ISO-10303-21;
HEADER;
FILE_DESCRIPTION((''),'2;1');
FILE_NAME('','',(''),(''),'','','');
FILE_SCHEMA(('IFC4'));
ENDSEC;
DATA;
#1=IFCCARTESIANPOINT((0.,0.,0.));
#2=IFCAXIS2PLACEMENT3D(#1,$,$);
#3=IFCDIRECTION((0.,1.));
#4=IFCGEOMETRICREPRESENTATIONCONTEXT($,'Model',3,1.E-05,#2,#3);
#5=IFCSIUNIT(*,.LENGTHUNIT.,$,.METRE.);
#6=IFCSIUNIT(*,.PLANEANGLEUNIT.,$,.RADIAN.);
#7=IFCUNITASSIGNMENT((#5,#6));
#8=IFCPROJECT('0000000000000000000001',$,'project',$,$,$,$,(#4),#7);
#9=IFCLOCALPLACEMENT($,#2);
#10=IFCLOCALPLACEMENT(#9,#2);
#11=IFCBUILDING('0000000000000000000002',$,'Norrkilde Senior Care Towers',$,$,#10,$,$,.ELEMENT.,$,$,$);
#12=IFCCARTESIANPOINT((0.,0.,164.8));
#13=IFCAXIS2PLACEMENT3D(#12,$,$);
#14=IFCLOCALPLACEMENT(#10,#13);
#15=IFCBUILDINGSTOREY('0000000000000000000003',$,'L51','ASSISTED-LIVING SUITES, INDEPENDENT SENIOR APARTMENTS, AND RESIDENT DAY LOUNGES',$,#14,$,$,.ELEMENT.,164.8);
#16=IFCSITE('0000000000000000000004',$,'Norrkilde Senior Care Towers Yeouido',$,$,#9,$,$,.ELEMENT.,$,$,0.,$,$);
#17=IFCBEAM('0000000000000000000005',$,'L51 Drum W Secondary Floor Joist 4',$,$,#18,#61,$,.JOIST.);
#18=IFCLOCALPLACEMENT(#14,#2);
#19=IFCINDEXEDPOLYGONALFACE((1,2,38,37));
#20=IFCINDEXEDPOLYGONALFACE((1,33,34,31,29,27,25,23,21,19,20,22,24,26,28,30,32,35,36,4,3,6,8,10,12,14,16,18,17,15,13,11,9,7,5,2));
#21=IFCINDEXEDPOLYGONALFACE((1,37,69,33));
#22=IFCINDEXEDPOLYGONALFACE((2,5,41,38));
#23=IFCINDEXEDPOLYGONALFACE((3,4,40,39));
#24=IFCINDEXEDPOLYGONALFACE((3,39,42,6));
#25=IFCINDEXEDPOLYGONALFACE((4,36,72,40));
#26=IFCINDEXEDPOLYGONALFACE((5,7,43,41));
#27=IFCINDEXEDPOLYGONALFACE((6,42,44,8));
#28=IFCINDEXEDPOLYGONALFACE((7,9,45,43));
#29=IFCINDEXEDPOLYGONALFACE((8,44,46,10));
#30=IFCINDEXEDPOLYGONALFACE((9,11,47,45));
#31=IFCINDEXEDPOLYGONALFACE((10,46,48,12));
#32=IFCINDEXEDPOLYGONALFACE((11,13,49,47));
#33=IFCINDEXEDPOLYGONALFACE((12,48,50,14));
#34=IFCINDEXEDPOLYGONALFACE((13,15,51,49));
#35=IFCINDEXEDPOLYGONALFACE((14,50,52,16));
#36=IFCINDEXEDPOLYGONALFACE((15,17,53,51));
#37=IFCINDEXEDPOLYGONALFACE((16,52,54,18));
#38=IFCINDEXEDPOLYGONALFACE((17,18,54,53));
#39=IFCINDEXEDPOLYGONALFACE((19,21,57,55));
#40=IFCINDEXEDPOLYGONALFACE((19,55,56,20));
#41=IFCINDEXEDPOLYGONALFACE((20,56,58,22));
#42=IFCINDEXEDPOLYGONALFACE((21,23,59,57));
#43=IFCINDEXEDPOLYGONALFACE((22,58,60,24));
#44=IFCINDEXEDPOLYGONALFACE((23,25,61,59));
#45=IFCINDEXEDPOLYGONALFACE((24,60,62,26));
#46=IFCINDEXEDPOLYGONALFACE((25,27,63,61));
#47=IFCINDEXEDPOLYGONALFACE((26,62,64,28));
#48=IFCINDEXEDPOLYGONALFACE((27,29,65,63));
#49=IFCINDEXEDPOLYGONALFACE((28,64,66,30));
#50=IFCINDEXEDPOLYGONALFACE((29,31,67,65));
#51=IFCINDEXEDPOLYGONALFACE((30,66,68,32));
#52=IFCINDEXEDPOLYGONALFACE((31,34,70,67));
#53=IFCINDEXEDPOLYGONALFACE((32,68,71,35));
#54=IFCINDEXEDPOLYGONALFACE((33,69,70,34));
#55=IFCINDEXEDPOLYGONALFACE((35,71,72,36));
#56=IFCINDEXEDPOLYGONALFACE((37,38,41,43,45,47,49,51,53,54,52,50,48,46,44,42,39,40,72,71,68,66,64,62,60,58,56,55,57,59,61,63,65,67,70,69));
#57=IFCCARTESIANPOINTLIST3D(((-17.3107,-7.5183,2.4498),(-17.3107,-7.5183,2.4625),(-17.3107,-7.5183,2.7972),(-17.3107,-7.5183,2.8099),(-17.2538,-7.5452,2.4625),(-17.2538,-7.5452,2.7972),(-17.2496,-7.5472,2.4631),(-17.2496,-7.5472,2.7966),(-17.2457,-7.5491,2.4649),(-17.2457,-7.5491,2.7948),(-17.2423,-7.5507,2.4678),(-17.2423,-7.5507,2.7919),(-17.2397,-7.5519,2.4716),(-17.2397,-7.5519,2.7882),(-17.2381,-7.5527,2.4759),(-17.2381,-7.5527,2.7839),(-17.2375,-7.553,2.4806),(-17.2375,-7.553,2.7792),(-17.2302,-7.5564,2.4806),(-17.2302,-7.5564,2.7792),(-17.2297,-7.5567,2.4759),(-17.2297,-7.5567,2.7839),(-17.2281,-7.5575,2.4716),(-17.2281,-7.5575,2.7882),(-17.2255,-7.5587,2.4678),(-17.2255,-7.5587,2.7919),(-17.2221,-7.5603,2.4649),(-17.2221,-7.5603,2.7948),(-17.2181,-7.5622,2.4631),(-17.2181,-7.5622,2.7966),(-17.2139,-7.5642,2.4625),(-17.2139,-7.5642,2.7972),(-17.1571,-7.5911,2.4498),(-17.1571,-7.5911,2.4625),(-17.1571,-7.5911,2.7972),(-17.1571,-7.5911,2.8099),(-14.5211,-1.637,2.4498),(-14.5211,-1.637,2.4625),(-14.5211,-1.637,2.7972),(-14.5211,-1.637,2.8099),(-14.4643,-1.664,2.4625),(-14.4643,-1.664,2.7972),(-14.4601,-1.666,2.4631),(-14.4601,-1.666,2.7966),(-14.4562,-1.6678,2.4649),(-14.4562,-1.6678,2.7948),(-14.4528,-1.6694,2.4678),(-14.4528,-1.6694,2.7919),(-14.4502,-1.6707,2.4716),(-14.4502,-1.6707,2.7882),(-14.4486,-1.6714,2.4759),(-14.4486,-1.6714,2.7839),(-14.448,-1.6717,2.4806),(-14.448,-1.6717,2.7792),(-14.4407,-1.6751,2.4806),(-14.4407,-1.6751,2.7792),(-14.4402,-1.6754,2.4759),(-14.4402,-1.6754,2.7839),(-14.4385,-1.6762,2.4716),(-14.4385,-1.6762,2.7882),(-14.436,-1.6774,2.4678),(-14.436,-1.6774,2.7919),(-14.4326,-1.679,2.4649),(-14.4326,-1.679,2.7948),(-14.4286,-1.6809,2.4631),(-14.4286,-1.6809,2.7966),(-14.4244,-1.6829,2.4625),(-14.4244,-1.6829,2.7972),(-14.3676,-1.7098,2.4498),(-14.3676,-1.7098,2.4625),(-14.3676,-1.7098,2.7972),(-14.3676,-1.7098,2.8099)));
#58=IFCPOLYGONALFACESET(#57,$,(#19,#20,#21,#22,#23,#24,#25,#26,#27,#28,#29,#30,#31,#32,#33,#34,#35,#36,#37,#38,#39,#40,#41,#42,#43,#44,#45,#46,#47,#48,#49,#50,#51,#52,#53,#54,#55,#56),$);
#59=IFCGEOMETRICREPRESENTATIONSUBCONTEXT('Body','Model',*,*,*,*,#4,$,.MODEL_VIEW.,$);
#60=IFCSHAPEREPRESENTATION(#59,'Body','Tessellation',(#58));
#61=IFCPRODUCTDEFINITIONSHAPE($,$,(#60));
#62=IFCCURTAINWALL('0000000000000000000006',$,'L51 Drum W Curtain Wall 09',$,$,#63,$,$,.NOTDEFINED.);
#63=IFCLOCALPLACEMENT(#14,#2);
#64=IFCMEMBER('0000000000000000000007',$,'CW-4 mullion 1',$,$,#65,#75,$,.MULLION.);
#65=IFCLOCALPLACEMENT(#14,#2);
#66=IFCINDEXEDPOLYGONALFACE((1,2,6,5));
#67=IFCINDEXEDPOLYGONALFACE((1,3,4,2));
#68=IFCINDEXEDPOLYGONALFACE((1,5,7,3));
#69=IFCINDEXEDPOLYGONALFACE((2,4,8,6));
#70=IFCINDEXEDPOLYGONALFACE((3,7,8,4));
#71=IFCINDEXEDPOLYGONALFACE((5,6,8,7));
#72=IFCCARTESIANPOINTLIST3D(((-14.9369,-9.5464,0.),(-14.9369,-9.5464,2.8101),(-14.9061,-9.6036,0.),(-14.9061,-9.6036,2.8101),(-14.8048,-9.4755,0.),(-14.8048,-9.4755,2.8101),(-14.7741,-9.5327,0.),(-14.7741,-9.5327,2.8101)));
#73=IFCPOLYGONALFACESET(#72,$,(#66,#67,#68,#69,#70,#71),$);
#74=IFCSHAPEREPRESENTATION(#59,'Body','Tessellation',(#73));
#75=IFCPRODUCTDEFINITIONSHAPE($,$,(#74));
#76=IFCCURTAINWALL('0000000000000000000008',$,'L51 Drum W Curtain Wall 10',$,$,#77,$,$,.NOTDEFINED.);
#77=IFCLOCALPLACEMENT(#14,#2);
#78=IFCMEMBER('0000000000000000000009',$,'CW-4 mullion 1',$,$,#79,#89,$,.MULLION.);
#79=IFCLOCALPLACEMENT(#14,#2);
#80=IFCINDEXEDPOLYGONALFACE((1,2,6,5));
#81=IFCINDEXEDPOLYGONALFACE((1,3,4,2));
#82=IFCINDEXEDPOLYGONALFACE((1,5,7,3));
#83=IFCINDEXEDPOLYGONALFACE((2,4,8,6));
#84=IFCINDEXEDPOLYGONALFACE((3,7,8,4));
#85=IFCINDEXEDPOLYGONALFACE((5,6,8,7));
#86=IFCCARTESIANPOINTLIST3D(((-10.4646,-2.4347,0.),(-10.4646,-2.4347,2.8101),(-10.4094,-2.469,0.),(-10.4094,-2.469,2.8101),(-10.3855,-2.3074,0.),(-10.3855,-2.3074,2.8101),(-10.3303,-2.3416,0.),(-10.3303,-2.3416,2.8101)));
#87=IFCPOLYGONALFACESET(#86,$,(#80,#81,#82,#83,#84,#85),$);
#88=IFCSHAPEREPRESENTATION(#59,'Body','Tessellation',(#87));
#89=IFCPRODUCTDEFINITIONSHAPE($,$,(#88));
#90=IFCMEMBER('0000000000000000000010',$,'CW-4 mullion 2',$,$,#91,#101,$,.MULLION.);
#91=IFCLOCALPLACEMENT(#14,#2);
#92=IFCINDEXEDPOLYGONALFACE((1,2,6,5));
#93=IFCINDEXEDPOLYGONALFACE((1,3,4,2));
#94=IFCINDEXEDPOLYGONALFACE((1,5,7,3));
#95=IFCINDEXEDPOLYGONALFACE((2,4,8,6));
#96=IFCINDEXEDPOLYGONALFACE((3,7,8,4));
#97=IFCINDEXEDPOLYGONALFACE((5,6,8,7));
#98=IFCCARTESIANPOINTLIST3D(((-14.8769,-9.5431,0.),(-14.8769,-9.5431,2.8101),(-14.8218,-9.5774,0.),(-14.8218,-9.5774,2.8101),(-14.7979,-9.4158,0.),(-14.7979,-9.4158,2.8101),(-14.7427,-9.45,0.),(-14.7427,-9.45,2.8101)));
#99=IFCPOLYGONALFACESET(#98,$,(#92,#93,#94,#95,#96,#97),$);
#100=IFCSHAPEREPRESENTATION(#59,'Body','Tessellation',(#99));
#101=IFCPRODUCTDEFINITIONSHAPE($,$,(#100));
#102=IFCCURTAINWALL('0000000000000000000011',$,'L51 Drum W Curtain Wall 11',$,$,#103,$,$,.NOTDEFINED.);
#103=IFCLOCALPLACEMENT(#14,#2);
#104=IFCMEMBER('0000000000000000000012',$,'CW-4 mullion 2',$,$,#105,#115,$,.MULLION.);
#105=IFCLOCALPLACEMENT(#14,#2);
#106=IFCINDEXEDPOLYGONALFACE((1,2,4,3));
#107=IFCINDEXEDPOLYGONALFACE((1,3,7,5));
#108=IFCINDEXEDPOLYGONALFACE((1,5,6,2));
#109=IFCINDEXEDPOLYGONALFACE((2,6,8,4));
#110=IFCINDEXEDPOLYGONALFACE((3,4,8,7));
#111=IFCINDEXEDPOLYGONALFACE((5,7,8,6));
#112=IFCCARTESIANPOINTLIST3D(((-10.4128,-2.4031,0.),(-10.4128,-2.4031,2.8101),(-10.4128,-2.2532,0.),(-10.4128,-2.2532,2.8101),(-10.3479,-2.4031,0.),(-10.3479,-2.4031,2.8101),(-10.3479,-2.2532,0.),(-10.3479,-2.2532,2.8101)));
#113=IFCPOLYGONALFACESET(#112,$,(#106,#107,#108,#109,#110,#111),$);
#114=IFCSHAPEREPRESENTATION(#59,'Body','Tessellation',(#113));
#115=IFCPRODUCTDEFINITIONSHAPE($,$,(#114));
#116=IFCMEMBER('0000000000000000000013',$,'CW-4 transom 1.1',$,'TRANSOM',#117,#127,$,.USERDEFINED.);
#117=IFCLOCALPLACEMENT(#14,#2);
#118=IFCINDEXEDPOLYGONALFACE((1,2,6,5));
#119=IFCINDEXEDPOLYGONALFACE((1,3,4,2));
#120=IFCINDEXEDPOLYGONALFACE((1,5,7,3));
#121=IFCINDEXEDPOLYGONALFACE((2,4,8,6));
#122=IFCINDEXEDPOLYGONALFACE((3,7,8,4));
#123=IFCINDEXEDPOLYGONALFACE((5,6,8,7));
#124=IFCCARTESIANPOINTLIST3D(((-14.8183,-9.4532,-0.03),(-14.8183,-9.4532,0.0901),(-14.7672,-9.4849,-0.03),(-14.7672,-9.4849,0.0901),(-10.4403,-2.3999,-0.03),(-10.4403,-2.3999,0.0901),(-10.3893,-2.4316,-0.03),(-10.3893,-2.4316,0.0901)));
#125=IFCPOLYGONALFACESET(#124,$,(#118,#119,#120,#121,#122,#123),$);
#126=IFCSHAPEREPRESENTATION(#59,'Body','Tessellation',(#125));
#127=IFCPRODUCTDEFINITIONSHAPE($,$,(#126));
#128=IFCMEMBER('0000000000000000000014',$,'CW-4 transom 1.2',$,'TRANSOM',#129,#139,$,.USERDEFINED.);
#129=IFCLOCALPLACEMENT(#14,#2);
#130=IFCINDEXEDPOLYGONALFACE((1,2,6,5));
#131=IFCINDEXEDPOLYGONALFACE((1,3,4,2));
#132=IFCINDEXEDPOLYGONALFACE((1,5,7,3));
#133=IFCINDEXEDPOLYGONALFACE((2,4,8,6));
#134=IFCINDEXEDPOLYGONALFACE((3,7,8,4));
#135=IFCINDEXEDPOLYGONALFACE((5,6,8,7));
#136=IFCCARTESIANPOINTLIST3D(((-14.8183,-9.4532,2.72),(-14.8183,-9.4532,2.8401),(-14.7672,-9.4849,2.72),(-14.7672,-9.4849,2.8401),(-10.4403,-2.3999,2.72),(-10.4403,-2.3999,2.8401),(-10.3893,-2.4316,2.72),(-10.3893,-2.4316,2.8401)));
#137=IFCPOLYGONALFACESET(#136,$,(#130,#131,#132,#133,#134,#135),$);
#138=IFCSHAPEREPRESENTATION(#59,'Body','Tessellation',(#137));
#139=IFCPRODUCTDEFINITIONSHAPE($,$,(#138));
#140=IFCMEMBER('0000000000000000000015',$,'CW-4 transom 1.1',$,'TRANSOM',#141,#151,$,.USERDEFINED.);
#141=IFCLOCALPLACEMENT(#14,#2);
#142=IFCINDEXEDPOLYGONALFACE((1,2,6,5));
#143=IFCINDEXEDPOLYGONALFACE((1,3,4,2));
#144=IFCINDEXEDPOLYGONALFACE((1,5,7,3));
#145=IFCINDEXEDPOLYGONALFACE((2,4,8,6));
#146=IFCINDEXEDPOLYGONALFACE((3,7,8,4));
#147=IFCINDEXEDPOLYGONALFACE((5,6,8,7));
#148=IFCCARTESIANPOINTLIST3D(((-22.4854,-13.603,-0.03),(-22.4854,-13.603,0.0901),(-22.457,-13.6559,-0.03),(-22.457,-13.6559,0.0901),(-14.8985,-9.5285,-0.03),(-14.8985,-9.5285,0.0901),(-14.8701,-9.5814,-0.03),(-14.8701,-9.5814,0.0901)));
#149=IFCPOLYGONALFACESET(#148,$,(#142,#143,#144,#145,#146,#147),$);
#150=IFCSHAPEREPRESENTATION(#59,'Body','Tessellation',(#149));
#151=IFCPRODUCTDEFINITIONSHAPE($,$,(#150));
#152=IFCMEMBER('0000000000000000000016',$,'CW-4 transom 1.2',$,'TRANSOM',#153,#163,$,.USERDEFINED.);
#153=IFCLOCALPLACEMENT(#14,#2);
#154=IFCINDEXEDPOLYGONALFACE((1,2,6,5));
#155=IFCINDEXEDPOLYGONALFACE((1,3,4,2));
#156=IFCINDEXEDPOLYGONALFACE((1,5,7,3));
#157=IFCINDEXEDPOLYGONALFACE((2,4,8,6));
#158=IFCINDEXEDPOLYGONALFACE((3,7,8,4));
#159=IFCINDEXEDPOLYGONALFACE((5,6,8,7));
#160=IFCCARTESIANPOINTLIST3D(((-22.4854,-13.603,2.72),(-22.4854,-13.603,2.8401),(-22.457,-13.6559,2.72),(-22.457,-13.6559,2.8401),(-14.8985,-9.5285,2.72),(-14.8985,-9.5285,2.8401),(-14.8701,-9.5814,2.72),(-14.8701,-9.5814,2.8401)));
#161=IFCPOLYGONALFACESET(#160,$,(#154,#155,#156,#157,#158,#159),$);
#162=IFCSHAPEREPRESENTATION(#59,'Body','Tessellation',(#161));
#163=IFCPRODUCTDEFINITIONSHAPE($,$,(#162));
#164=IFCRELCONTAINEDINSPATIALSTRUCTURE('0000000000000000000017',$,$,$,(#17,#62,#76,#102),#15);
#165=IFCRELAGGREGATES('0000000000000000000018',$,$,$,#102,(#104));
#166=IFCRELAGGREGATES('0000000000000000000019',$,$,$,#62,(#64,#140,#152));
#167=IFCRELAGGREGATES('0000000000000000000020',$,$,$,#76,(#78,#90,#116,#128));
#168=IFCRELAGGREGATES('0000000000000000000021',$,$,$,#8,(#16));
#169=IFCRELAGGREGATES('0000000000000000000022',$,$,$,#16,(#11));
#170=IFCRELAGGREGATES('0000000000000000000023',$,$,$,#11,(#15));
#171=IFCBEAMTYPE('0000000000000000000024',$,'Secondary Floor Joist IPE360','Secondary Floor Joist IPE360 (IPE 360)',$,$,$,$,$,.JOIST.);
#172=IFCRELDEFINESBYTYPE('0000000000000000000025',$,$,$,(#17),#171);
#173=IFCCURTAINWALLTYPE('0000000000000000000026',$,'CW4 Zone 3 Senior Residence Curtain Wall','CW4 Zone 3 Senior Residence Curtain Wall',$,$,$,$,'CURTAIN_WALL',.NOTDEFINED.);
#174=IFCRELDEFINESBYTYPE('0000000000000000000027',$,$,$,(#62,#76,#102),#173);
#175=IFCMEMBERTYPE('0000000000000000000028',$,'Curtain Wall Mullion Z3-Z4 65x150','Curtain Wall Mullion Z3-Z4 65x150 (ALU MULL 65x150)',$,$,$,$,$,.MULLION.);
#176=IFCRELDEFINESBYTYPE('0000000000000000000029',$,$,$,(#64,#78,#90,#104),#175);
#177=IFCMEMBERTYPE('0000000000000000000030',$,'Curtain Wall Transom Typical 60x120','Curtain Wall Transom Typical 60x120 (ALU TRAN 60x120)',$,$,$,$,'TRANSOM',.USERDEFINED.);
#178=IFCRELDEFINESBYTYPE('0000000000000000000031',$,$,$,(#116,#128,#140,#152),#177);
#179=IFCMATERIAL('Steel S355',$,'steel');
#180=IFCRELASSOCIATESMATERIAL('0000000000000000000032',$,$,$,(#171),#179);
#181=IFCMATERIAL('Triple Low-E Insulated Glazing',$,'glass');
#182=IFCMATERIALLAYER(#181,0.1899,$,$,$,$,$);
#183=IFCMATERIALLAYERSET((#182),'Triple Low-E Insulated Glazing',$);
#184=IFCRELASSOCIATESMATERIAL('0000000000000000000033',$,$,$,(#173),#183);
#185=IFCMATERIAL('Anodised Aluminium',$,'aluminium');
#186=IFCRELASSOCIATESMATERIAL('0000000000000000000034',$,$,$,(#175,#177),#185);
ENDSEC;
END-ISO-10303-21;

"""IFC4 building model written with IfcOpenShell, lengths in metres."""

from ifc_helpers import new_model, si_unit, direction, frame, origin, origin_2d, place, context, subcontext, project, spatial, rectangle, i_section, extrude, source, transform, mapped, material, layer, layer_set, material_profile, profile_set, type_object, type_shapes, element, aggregate, save


model = new_model("IFC4")

# Units and contexts
model_context = context("Model", 3, precision=1e-05, world=origin(), true_north=direction((0.0, 1.0)))
body_context = subcontext(model_context, "Body", "Model", "MODEL_VIEW")
ifc_project = project(units=[si_unit("LENGTHUNIT", "METRE"), si_unit("PLANEANGLEUNIT", "RADIAN")], contexts=[model_context])

# Site, building, storey
site_placement = place(None, origin())
site = spatial("IfcSite", under=ifc_project, at=site_placement, Name="Norrkilde Senior Care Towers Yeouido", CompositionType="ELEMENT", RefElevation=0.0)
building_placement = place(site_placement, origin())
building = spatial("IfcBuilding", under=site, at=building_placement, Name="Norrkilde Senior Care Towers", CompositionType="ELEMENT")
storey_placement = place(building_placement, frame((0.0, 0.0, 164.8)))
storey = spatial("IfcBuildingStorey", under=building, at=storey_placement, Name="L51", Description="ASSISTED-LIVING SUITES, INDEPENDENT SENIOR APARTMENTS, AND RESIDENT DAY LOUNGES", CompositionType="ELEMENT", Elevation=164.8)

# Beam
ifc_material_1 = material(Name="Steel S355", Category="steel")
ifc_material_profile_1 = material_profile(ifc_material_1, i_section(OverallWidth=0.1699, OverallDepth=0.3601, WebThickness=0.0081, FlangeThickness=0.0127, FilletRadius=0.0181, at=origin_2d()), Name="IPE 360")
ifc_profile_set_1 = profile_set([ifc_material_profile_1], Name="Steel S355")
beam_type_1 = type_object("IfcBeamType", Name="Secondary Floor Joist IPE360", Description="Secondary Floor Joist IPE360 (IPE 360)", PredefinedType="JOIST", material=ifc_profile_set_1)
shared_shape_1 = source(origin(), body_context, "Body", "SweptSolid", [
    extrude(i_section(OverallWidth=0.1699, OverallDepth=0.3601, WebThickness=0.0081, FlangeThickness=0.0127, FilletRadius=0.0181, at=origin_2d()), origin(), (0.0, 0.0, 1.0), 6.5093),
])
type_shapes(beam_type_1, [shared_shape_1])
beam_1_placement = place(storey_placement, frame((-17.2339, -7.5547, 2.6299), z_axis=(0.428544, 0.903521, 0.0), x_axis=(-0.903521, 0.428544, 0.0)))
element("IfcBeam", 1, at=beam_1_placement, inside=storey, type_object=beam_type_1, Name="L51 Drum W Secondary Floor Joist 4", PredefinedType="JOIST", context=body_context, shape_type="MappedRepresentation", body=[
    mapped(shared_shape_1, transform((0.0, 0.0, 0.0), x_axis=(1.0, 0.0, 0.0), y_axis=(0.0, 1.0, 0.0), z_axis=(0.0, 0.0, 1.0), scale=1.0)),
])

# Curtain wall, member
ifc_material_2 = material(Name="Triple Low-E Insulated Glazing", Category="glass")
ifc_layer_1 = layer(ifc_material_2, 0.1899)
ifc_layer_set_1 = layer_set([ifc_layer_1], Name="Triple Low-E Insulated Glazing")
curtain_wall_type = type_object("IfcCurtainWallType", Name="CW4 Zone 3 Senior Residence Curtain Wall", Description="CW4 Zone 3 Senior Residence Curtain Wall", ElementType="CURTAIN_WALL", PredefinedType="NOTDEFINED", material=ifc_layer_set_1)
curtain_wall_1_placement = place(storey_placement, origin())
curtain_wall_1 = element("IfcCurtainWall", 2, at=curtain_wall_1_placement, inside=storey, type_object=curtain_wall_type, Name="L51 Drum W Curtain Wall 09", PredefinedType="NOTDEFINED")
ifc_material_3 = material(Name="Anodised Aluminium", Category="aluminium")
ifc_material_profile_2 = material_profile(ifc_material_3, rectangle(XDim=0.0649, YDim=0.1499, at=origin_2d()), Name="ALU MULL 65x150")
ifc_profile_set_2 = profile_set([ifc_material_profile_2], Name="Anodised Aluminium")
member_type_1 = type_object("IfcMemberType", Name="Curtain Wall Mullion Z3-Z4 65x150", Description="Curtain Wall Mullion Z3-Z4 65x150 (ALU MULL 65x150)", PredefinedType="MULLION", material=ifc_profile_set_2)
shared_shape_2 = source(origin(), body_context, "Body", "SweptSolid", [
    extrude(rectangle(XDim=0.0649, YDim=0.1499, at=origin_2d()), origin(), (0.0, 0.0, 1.0), 2.8101),
])
type_shapes(member_type_1, [shared_shape_2])
member_1_placement = place(storey_placement, frame((-14.8555, -9.5396, 0.0), z_axis=(0.0, 0.0, 1.0), x_axis=(0.473117, -0.881, 0.0)))
member_1 = element("IfcMember", 3, at=member_1_placement, type_object=member_type_1, Name="CW-4 mullion 1", PredefinedType="MULLION", context=body_context, shape_type="MappedRepresentation", body=[
    mapped(shared_shape_2, transform((0.0, 0.0, 0.0), x_axis=(1.0, 0.0, 0.0), y_axis=(0.0, 1.0, 0.0), z_axis=(0.0, 0.0, 1.0), scale=1.0)),
])

# Curtain wall, members
curtain_wall_2_placement = place(storey_placement, origin())
curtain_wall_2 = element("IfcCurtainWall", 4, at=curtain_wall_2_placement, inside=storey, type_object=curtain_wall_type, Name="L51 Drum W Curtain Wall 10", PredefinedType="NOTDEFINED")
member_2_placement = place(storey_placement, frame((-10.3975, -2.3882, 0.0), z_axis=(0.0, 0.0, 1.0), x_axis=(0.849634, -0.527373, 0.0)))
member_2 = element("IfcMember", 5, at=member_2_placement, type_object=member_type_1, Name="CW-4 mullion 1", PredefinedType="MULLION", context=body_context, shape_type="MappedRepresentation", body=[
    mapped(shared_shape_2, transform((0.0, 0.0, 0.0), x_axis=(1.0, 0.0, 0.0), y_axis=(0.0, 1.0, 0.0), z_axis=(0.0, 0.0, 1.0), scale=1.0)),
])
member_3_placement = place(storey_placement, frame((-14.8098, -9.4966, 0.0), z_axis=(0.0, 0.0, 1.0), x_axis=(0.849634, -0.527373, 0.0)))
member_3 = element("IfcMember", 6, at=member_3_placement, type_object=member_type_1, Name="CW-4 mullion 2", PredefinedType="MULLION", context=body_context, shape_type="MappedRepresentation", body=[
    mapped(shared_shape_2, transform((0.0, 0.0, 0.0), x_axis=(1.0, 0.0, 0.0), y_axis=(0.0, 1.0, 0.0), z_axis=(0.0, 0.0, 1.0), scale=1.0)),
])

# Curtain wall, member
curtain_wall_3_placement = place(storey_placement, origin())
curtain_wall_3 = element("IfcCurtainWall", 7, at=curtain_wall_3_placement, inside=storey, type_object=curtain_wall_type, Name="L51 Drum W Curtain Wall 11", PredefinedType="NOTDEFINED")
member_4_placement = place(storey_placement, frame((-10.3804, -2.3281, 0.0), z_axis=(0.0, 0.0, 1.0), x_axis=(1.0, 0.0, 0.0)))
member_4 = element("IfcMember", 8, at=member_4_placement, type_object=member_type_1, Name="CW-4 mullion 2", PredefinedType="MULLION", context=body_context, shape_type="MappedRepresentation", body=[
    mapped(shared_shape_2, transform((0.0, 0.0, 0.0), x_axis=(1.0, 0.0, 0.0), y_axis=(0.0, 1.0, 0.0), z_axis=(0.0, 0.0, 1.0), scale=1.0)),
])
aggregate(curtain_wall_3, [member_4])

# Members
ifc_material_profile_3 = material_profile(ifc_material_3, rectangle(XDim=0.0601, YDim=0.1201, at=origin_2d()), Name="ALU TRAN 60x120")
ifc_profile_set_3 = profile_set([ifc_material_profile_3], Name="Anodised Aluminium")
member_type_2 = type_object("IfcMemberType", Name="Curtain Wall Transom Typical 60x120", Description="Curtain Wall Transom Typical 60x120 (ALU TRAN 60x120)", ElementType="TRANSOM", PredefinedType="USERDEFINED", material=ifc_profile_set_3)
shared_shape_3 = source(origin(), body_context, "Body", "SweptSolid", [
    extrude(rectangle(XDim=0.0601, YDim=0.1201, at=origin_2d()), origin(), (0.0, 0.0, 1.0), 8.3015),
])
member_5_placement = place(storey_placement, frame((-10.4148, -2.4158, 0.03), z_axis=(-0.527369, -0.849637, 0.0), x_axis=(0.849637, -0.527369, 0.0)))
member_5 = element("IfcMember", 9, at=member_5_placement, type_object=member_type_2, Name="CW-4 transom 1.1", ObjectType="TRANSOM", PredefinedType="USERDEFINED", context=body_context, shape_type="MappedRepresentation", body=[
    mapped(shared_shape_3, transform((0.0, 0.0, 0.0), x_axis=(1.0, 0.0, 0.0), y_axis=(0.0, 1.0, 0.0), z_axis=(0.0, 0.0, 1.0), scale=1.0)),
])
member_6_placement = place(storey_placement, frame((-10.4148, -2.4158, 2.78), z_axis=(-0.527369, -0.849637, 0.0), x_axis=(0.849637, -0.527369, 0.0)))
member_6 = element("IfcMember", 10, at=member_6_placement, type_object=member_type_2, Name="CW-4 transom 1.2", ObjectType="TRANSOM", PredefinedType="USERDEFINED", context=body_context, shape_type="MappedRepresentation", body=[
    mapped(shared_shape_3, transform((0.0, 0.0, 0.0), x_axis=(1.0, 0.0, 0.0), y_axis=(0.0, 1.0, 0.0), z_axis=(0.0, 0.0, 1.0), scale=1.0)),
])
shared_shape_4 = source(origin(), body_context, "Body", "SweptSolid", [
    extrude(rectangle(XDim=0.0601, YDim=0.1201, at=origin_2d()), origin(), (0.0, 0.0, 1.0), 8.6118),
])
type_shapes(member_type_2, [shared_shape_3, shared_shape_4])
member_7_placement = place(storey_placement, frame((-14.8843, -9.5549, 0.03), z_axis=(-0.880994, -0.473127, 0.0), x_axis=(0.473127, -0.880994, 0.0)))
member_7 = element("IfcMember", 11, at=member_7_placement, type_object=member_type_2, Name="CW-4 transom 1.1", ObjectType="TRANSOM", PredefinedType="USERDEFINED", context=body_context, shape_type="MappedRepresentation", body=[
    mapped(shared_shape_4, transform((0.0, 0.0, 0.0), x_axis=(1.0, 0.0, 0.0), y_axis=(0.0, 1.0, 0.0), z_axis=(0.0, 0.0, 1.0), scale=1.0)),
])
member_8_placement = place(storey_placement, frame((-14.8843, -9.5549, 2.78), z_axis=(-0.880994, -0.473127, 0.0), x_axis=(0.473127, -0.880994, 0.0)))
member_8 = element("IfcMember", 12, at=member_8_placement, type_object=member_type_2, Name="CW-4 transom 1.2", ObjectType="TRANSOM", PredefinedType="USERDEFINED", context=body_context, shape_type="MappedRepresentation", body=[
    mapped(shared_shape_4, transform((0.0, 0.0, 0.0), x_axis=(1.0, 0.0, 0.0), y_axis=(0.0, 1.0, 0.0), z_axis=(0.0, 0.0, 1.0), scale=1.0)),
])
aggregate(curtain_wall_1, [member_1, member_7, member_8])

aggregate(curtain_wall_2, [member_2, member_3, member_5, member_6])

save(model, "model.ifc")
